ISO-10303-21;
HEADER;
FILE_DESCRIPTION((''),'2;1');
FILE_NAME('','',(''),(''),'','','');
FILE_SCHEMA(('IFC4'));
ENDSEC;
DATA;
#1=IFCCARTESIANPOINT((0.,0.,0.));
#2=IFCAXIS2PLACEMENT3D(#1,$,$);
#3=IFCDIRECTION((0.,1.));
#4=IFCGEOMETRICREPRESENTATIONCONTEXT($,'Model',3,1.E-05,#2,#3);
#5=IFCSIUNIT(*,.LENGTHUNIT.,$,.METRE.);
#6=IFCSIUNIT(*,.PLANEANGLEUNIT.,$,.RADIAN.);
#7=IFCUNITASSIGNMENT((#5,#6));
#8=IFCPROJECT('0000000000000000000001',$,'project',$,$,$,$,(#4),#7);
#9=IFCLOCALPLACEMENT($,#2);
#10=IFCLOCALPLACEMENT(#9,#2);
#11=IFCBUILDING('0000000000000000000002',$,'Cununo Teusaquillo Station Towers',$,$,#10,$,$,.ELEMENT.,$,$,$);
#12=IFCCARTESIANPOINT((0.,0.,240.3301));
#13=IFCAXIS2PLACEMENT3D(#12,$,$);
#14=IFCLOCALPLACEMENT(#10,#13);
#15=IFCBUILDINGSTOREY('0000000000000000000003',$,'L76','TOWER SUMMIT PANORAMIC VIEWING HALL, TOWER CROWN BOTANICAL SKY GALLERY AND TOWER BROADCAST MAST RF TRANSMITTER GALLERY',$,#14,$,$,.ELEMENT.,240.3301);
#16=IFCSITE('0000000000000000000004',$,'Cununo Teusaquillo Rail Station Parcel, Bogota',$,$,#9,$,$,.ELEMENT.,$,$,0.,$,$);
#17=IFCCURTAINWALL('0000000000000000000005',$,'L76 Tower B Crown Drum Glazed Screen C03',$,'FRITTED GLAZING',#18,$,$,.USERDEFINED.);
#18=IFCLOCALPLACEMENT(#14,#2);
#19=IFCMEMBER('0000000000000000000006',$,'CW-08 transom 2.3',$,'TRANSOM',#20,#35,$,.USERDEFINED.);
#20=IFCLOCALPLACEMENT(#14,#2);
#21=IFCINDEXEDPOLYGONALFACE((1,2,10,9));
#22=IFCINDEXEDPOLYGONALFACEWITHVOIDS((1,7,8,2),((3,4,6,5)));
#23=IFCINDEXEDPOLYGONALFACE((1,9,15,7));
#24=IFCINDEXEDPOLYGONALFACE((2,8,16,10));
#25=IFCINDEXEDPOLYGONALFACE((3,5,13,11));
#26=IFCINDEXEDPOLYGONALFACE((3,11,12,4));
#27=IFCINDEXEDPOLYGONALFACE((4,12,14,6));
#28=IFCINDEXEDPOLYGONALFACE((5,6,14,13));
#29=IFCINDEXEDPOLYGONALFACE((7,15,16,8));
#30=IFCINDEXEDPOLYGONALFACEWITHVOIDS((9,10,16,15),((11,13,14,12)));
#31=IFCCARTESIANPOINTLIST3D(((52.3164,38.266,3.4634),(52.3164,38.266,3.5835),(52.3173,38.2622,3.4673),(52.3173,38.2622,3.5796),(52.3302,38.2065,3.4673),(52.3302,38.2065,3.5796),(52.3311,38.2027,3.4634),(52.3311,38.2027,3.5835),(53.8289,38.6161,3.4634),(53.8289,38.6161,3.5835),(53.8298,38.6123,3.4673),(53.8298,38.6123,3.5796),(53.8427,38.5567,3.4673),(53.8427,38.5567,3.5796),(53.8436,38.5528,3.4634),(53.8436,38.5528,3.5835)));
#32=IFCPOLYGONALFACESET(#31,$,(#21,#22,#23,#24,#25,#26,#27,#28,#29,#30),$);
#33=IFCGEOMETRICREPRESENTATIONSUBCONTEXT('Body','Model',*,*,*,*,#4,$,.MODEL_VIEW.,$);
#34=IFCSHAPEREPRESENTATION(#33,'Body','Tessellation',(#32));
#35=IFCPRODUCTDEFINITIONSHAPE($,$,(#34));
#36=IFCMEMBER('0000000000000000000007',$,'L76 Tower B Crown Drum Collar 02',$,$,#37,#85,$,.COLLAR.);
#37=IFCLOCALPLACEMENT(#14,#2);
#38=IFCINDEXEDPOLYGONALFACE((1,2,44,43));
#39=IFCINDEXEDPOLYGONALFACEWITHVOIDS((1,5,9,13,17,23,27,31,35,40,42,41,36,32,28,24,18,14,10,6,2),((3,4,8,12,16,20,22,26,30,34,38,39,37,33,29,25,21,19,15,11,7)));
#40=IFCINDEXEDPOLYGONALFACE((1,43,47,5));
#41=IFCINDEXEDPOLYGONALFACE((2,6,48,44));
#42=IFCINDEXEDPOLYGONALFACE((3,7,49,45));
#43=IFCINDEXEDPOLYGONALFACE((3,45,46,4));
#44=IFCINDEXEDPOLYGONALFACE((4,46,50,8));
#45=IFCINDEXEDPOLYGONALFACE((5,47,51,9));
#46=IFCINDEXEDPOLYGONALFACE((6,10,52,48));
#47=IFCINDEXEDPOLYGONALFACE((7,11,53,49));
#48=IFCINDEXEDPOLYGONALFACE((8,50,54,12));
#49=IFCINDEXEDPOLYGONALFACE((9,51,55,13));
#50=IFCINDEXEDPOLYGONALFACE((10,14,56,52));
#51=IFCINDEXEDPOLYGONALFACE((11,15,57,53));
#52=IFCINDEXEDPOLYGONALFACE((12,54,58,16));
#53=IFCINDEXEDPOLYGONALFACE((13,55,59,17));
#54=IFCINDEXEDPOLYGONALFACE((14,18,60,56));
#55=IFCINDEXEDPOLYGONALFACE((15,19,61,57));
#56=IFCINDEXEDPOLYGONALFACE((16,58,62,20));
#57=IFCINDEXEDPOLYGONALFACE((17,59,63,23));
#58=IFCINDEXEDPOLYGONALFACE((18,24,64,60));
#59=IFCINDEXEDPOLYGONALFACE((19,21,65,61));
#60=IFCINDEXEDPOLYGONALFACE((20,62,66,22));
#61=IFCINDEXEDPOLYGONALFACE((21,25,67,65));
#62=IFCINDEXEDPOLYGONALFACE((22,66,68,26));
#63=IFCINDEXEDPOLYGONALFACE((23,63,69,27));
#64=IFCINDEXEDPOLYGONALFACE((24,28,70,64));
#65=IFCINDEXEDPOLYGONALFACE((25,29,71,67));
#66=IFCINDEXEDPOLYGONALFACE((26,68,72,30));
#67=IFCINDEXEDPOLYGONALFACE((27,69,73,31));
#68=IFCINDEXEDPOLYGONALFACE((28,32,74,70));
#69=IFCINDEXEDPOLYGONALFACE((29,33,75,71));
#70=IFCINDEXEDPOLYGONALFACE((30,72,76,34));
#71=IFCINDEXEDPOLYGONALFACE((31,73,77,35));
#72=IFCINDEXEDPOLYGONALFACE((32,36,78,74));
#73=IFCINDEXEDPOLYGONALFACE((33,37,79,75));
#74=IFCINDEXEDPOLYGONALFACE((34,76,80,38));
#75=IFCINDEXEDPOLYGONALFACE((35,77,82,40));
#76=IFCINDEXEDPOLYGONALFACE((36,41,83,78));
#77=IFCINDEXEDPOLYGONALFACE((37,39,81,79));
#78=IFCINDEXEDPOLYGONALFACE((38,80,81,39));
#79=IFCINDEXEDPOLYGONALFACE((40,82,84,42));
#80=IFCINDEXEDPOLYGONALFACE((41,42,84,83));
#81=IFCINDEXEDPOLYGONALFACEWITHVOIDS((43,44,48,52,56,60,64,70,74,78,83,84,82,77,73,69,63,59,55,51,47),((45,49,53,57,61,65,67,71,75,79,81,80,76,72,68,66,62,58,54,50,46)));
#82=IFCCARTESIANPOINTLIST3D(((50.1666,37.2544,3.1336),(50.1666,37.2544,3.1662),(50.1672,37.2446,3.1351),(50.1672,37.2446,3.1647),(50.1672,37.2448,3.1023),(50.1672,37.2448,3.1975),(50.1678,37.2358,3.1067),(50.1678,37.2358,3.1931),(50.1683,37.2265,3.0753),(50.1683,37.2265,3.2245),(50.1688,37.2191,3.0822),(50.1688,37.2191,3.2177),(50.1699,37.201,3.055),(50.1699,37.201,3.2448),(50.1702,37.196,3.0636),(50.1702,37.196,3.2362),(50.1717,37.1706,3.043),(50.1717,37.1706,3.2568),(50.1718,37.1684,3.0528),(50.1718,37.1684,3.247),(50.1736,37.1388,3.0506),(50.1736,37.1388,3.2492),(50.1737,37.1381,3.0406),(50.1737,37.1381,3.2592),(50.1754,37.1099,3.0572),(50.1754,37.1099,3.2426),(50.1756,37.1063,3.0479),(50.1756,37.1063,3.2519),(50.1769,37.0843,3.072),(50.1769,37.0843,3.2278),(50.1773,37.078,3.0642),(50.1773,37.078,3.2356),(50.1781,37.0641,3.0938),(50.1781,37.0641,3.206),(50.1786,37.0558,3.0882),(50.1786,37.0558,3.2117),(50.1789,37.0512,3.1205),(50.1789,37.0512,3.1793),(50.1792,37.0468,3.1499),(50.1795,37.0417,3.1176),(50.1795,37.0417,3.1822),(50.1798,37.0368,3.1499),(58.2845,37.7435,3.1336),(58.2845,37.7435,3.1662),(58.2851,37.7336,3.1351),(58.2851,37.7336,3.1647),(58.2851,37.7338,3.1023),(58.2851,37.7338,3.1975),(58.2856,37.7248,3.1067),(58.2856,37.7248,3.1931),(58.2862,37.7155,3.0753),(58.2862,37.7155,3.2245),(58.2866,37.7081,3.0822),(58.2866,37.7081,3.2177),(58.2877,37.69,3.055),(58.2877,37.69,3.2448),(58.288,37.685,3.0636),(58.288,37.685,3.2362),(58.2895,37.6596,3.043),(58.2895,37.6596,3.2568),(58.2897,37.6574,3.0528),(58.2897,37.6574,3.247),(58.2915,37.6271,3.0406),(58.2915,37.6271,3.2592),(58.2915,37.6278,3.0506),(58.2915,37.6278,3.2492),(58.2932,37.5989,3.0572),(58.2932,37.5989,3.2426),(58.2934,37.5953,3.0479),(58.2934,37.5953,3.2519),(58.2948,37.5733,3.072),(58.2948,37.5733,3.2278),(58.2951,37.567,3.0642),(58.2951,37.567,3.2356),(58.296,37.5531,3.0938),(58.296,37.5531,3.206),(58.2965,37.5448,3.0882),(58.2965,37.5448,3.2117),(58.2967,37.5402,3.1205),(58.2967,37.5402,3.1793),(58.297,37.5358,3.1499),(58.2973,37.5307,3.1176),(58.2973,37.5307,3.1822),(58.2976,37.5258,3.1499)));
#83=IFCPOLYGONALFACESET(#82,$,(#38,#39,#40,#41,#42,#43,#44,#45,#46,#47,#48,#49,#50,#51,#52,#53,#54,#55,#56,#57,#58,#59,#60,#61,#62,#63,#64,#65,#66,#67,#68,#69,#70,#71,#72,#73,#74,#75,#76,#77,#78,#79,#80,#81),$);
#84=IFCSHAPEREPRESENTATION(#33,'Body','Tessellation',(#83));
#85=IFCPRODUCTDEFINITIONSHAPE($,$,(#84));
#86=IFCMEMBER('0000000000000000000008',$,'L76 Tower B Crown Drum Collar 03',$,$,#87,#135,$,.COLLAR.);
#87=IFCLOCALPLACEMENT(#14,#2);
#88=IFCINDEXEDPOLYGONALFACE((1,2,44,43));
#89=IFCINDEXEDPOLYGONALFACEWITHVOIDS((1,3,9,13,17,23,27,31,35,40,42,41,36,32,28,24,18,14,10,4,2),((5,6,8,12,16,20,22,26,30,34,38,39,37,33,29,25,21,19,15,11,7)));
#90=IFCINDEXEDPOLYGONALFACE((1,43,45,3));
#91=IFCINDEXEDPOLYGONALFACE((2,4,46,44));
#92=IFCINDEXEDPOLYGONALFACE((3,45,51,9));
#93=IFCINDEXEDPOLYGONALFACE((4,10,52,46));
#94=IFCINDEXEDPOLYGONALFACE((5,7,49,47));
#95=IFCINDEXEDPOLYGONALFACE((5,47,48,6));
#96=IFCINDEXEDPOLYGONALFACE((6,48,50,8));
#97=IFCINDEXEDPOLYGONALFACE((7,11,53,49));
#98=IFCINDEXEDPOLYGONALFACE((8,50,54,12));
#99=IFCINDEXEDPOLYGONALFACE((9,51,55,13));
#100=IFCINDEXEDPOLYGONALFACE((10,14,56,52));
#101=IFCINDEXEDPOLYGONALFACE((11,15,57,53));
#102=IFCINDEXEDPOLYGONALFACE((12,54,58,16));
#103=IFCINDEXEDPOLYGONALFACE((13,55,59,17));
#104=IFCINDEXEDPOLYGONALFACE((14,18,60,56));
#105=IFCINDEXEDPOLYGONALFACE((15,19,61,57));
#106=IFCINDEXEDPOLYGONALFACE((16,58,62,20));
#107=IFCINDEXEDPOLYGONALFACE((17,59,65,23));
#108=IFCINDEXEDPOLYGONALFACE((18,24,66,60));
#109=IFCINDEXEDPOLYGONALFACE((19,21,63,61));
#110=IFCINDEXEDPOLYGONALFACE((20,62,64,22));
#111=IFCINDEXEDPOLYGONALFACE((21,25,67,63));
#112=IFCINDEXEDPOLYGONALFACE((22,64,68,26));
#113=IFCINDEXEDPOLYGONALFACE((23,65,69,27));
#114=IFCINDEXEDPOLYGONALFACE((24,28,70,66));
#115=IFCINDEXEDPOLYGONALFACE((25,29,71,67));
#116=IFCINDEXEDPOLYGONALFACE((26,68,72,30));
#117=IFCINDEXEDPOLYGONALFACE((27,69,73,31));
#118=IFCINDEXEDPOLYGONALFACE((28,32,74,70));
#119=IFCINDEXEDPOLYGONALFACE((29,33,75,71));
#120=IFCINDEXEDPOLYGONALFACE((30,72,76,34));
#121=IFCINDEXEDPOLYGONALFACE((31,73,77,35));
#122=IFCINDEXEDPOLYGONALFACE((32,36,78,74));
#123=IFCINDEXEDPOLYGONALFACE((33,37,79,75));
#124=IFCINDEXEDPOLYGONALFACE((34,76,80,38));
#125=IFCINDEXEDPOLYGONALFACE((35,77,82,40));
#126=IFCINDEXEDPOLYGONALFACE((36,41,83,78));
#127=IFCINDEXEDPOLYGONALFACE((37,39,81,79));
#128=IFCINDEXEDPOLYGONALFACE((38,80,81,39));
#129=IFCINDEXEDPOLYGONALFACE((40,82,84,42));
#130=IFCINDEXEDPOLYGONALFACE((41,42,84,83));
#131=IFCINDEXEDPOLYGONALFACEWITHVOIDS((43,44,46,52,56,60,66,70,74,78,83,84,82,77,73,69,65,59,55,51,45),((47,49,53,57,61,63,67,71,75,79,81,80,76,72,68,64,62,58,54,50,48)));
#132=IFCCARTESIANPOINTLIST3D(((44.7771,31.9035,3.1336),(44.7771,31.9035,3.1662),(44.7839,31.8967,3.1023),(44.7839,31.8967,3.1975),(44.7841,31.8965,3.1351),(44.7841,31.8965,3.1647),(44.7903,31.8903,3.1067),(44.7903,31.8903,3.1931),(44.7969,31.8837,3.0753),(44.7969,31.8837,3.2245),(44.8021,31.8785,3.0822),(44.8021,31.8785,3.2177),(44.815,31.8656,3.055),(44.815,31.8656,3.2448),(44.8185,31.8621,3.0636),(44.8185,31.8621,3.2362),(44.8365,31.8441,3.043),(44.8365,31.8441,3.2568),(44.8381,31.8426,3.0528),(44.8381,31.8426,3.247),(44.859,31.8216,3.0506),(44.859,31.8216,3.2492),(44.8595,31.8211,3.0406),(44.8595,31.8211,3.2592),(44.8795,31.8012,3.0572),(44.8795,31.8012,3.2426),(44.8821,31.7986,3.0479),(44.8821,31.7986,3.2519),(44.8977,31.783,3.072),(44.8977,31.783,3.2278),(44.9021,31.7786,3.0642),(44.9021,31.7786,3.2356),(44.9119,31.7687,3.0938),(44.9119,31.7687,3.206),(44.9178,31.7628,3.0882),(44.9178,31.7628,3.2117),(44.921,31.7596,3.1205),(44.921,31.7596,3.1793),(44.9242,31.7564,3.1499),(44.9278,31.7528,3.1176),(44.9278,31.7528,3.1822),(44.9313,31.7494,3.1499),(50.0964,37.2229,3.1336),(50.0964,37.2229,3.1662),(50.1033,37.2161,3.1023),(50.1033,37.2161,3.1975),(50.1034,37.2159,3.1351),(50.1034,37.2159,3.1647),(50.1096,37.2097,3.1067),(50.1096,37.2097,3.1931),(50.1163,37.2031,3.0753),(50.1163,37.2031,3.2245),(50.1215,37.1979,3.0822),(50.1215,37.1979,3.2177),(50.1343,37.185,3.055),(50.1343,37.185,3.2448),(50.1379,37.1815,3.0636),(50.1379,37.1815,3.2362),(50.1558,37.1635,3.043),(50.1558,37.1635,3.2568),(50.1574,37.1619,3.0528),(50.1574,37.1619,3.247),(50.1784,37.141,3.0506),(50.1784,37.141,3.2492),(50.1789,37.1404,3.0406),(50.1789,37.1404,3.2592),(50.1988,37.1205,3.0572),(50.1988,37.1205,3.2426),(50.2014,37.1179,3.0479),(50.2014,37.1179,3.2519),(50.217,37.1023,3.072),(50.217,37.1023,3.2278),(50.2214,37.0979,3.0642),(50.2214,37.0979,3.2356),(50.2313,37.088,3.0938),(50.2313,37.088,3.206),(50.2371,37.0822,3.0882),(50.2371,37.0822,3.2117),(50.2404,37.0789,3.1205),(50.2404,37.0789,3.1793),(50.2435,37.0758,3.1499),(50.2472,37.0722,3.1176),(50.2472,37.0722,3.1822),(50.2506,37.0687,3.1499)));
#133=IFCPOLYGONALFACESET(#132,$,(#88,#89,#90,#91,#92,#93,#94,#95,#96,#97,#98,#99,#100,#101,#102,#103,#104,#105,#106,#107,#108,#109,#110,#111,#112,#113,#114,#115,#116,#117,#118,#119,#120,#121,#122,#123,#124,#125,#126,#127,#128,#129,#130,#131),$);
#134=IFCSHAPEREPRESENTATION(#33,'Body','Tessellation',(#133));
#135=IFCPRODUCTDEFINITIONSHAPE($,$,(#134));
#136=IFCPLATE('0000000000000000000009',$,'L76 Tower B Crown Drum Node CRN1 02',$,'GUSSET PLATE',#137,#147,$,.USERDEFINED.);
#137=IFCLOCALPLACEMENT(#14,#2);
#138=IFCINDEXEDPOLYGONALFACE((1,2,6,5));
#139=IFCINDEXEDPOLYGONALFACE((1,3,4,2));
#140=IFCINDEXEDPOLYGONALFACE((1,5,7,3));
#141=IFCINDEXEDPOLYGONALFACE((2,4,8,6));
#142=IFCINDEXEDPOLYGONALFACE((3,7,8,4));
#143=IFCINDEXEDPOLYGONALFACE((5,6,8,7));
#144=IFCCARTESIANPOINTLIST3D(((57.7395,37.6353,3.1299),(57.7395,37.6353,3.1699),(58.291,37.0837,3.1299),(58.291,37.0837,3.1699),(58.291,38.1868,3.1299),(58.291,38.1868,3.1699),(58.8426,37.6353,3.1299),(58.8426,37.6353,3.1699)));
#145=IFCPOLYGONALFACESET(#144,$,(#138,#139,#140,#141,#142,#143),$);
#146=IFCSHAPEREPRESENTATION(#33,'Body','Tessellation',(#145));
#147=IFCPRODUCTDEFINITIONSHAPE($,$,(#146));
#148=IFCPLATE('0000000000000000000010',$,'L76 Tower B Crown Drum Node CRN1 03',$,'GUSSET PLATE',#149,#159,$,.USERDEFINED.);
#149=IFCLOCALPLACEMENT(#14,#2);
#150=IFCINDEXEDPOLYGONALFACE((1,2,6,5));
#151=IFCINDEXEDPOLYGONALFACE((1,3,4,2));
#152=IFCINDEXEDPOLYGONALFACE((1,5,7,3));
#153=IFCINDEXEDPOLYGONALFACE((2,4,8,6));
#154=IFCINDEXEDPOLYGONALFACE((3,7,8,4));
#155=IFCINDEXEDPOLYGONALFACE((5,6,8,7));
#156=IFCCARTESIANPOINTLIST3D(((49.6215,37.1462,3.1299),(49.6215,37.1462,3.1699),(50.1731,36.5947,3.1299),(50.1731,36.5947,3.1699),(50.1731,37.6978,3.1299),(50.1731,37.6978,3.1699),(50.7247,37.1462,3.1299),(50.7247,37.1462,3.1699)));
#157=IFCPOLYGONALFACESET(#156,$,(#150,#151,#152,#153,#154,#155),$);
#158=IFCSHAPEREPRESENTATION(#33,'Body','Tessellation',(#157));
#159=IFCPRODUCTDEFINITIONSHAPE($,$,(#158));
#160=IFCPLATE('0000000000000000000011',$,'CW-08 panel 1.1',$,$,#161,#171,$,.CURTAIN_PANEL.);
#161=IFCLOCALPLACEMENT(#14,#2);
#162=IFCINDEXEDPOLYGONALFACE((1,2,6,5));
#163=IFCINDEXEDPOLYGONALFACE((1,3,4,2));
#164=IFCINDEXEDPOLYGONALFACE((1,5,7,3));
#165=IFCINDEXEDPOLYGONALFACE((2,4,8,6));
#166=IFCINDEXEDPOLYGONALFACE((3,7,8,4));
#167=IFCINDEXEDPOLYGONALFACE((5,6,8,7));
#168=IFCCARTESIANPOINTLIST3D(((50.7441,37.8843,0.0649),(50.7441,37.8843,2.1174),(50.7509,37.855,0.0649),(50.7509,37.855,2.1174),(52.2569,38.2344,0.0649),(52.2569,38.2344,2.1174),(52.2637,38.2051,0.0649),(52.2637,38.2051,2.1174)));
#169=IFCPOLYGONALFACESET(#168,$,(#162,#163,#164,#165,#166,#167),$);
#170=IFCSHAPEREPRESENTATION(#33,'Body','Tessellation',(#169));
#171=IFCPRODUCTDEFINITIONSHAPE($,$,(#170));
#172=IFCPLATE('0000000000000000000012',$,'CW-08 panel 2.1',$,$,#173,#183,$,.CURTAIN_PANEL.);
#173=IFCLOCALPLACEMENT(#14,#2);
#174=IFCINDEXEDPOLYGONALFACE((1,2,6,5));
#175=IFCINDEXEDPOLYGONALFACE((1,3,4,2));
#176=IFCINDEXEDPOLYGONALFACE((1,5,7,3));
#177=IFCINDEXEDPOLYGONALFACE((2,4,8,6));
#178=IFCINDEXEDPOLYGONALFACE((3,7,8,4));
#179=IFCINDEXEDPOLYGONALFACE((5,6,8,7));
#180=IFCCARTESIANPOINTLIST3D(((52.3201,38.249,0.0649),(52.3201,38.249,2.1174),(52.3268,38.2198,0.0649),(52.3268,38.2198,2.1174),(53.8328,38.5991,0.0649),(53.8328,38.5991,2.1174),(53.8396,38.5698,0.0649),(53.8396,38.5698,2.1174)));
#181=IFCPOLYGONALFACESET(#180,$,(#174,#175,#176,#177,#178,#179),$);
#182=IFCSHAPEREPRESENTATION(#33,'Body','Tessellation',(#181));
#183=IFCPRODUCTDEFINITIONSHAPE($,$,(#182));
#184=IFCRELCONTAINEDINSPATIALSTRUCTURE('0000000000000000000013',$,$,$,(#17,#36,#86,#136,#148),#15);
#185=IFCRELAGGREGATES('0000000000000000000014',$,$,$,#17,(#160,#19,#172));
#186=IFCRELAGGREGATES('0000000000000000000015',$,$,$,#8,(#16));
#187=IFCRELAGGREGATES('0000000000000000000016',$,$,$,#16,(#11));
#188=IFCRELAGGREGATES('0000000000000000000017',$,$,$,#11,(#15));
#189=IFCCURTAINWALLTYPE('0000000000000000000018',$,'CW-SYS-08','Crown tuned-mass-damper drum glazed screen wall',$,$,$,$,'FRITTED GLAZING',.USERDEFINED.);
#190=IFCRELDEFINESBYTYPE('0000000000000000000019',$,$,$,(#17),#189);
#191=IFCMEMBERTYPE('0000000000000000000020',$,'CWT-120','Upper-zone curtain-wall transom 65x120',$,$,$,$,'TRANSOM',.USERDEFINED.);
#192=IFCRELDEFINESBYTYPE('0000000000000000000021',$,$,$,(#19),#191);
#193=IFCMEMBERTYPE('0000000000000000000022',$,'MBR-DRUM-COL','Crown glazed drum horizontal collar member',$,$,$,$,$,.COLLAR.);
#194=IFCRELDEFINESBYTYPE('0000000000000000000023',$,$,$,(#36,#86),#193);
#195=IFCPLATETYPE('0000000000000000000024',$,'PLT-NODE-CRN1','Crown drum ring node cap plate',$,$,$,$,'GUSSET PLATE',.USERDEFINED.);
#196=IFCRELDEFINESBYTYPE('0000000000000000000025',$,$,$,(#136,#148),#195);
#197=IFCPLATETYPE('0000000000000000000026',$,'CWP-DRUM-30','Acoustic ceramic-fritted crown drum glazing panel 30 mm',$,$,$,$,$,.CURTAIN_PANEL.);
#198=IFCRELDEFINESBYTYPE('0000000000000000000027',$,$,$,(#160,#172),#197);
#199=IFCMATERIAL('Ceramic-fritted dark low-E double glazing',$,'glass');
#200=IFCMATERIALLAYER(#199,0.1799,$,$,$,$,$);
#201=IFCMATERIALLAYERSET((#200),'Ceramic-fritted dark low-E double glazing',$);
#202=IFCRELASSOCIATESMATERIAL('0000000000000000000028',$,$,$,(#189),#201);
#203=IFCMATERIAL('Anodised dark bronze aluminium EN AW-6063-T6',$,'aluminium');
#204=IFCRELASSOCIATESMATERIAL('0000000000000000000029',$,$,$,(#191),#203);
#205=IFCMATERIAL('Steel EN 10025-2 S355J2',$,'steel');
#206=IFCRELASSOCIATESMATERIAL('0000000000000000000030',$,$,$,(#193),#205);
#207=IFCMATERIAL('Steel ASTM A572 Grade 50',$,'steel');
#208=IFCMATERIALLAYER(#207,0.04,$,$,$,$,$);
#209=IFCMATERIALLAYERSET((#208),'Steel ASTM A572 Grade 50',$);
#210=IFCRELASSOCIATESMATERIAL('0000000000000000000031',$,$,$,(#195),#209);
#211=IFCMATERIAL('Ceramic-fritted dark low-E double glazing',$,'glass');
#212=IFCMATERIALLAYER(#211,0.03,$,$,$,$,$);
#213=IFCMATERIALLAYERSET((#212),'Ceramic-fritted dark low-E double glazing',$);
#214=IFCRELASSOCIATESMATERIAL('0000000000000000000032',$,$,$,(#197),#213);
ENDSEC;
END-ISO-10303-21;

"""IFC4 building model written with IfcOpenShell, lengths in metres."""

from ifc_helpers import new_model, si_unit, direction, frame, origin, origin_2d, place, context, subcontext, project, spatial, rectangle, hollow_rectangle, hollow_circle, extrude, source, transform, mapped, material, layer, layer_set, material_profile, profile_set, type_object, element, aggregate, save


model = new_model("IFC4")

# Units and contexts
model_context = context("Model", 3, precision=1e-05, world=origin(), true_north=direction((0.0, 1.0)))
body_context = subcontext(model_context, "Body", "Model", "MODEL_VIEW")
ifc_project = project(units=[si_unit("LENGTHUNIT", "METRE"), si_unit("PLANEANGLEUNIT", "RADIAN")], contexts=[model_context])

# Site, building, storey
site_placement = place(None, origin())
site = spatial("IfcSite", under=ifc_project, at=site_placement, Name="Cununo Teusaquillo Rail Station Parcel, Bogota", CompositionType="ELEMENT", RefElevation=0.0)
building_placement = place(site_placement, origin())
building = spatial("IfcBuilding", under=site, at=building_placement, Name="Cununo Teusaquillo Station Towers", CompositionType="ELEMENT")
storey_placement = place(building_placement, frame((0.0, 0.0, 240.3301)))
storey = spatial("IfcBuildingStorey", under=building, at=storey_placement, Name="L76", Description="TOWER SUMMIT PANORAMIC VIEWING HALL, TOWER CROWN BOTANICAL SKY GALLERY AND TOWER BROADCAST MAST RF TRANSMITTER GALLERY", CompositionType="ELEMENT", Elevation=240.3301)

# Curtain wall, member
ifc_material_1 = material(Name="Ceramic-fritted dark low-E double glazing", Category="glass")
ifc_layer_1 = layer(ifc_material_1, 0.1799)
ifc_layer_set_1 = layer_set([ifc_layer_1], Name="Ceramic-fritted dark low-E double glazing")
curtain_wall_type = type_object("IfcCurtainWallType", Name="CW-SYS-08", Description="Crown tuned-mass-damper drum glazed screen wall", ElementType="FRITTED GLAZING", PredefinedType="USERDEFINED", material=ifc_layer_set_1)
curtain_wall_placement = place(storey_placement, origin())
curtain_wall = element("IfcCurtainWall", 1, at=curtain_wall_placement, inside=storey, type_object=curtain_wall_type, Name="L76 Tower B Crown Drum Glazed Screen C03", ObjectType="FRITTED GLAZING", PredefinedType="USERDEFINED")
ifc_material_2 = material(Name="Anodised dark bronze aluminium EN AW-6063-T6", Category="aluminium")
ifc_material_profile_1 = material_profile(ifc_material_2, hollow_rectangle(XDim=0.0649, YDim=0.1201, WallThickness=0.0039, at=origin_2d()), Name="CW-TRAN-65x120")
ifc_profile_set_1 = profile_set([ifc_material_profile_1], Name="Anodised dark bronze aluminium EN AW-6063-T6")
member_type_1 = type_object("IfcMemberType", Name="CWT-120", Description="Upper-zone curtain-wall transom 65x120", ElementType="TRANSOM", PredefinedType="USERDEFINED", material=ifc_profile_set_1)
member_1_placement = place(storey_placement, frame((52.3237, 38.2344, 3.5234), z_axis=(0.97424, 0.225514, 0.0), x_axis=(-0.225514, 0.97424, 0.0)))
member_1 = element("IfcMember", 2, at=member_1_placement, type_object=member_type_1, Name="CW-08 transom 2.3", ObjectType="TRANSOM", PredefinedType="USERDEFINED", context=body_context, shape_type="SweptSolid", body=[
    extrude(hollow_rectangle(XDim=0.0649, YDim=0.1201, WallThickness=0.0039, at=origin_2d()), origin(), (0.0, 0.0, 1.0), 1.5525),
])

# Members
ifc_material_3 = material(Name="Steel EN 10025-2 S355J2", Category="steel")
ifc_material_profile_2 = material_profile(ifc_material_3, hollow_circle(Radius=0.1096, WallThickness=0.01, at=origin_2d()), Name="CHS 219x10")
ifc_profile_set_2 = profile_set([ifc_material_profile_2], Name="Steel EN 10025-2 S355J2")
member_type_2 = type_object("IfcMemberType", Name="MBR-DRUM-COL", Description="Crown glazed drum horizontal collar member", PredefinedType="COLLAR", material=ifc_profile_set_2)
member_2_placement = place(storey_placement, frame((58.291, 37.6353, 3.1499), z_axis=(-0.998191, -0.06013, 0.0), x_axis=(0.06013, -0.998191, 0.0)))
element("IfcMember", 3, at=member_2_placement, inside=storey, type_object=member_type_2, Name="L76 Tower B Crown Drum Collar 02", PredefinedType="COLLAR", context=body_context, shape_type="SweptSolid", body=[
    extrude(hollow_circle(Radius=0.1096, WallThickness=0.01, at=origin_2d()), origin(), (0.0, 0.0, 1.0), 8.1326),
])
member_3_placement = place(storey_placement, frame((50.1731, 37.1462, 3.1499), z_axis=(-0.707107, -0.707107, 0.0), x_axis=(0.707107, -0.707107, 0.0)))
element("IfcMember", 4, at=member_3_placement, inside=storey, type_object=member_type_2, Name="L76 Tower B Crown Drum Collar 03", PredefinedType="COLLAR", context=body_context, shape_type="SweptSolid", body=[
    extrude(hollow_circle(Radius=0.1096, WallThickness=0.01, at=origin_2d()), origin(), (0.0, 0.0, 1.0), 7.5227),
])

# Plates
ifc_material_4 = material(Name="Steel ASTM A572 Grade 50", Category="steel")
ifc_layer_2 = layer(ifc_material_4, 0.04)
ifc_layer_set_2 = layer_set([ifc_layer_2], Name="Steel ASTM A572 Grade 50")
plate_type_1 = type_object("IfcPlateType", Name="PLT-NODE-CRN1", Description="Crown drum ring node cap plate", ElementType="GUSSET PLATE", PredefinedType="USERDEFINED", material=ifc_layer_set_2)
shared_shape_1 = source(origin(), body_context, "Body", "SweptSolid", [
    extrude(rectangle(XDim=0.78, YDim=0.78, at=origin_2d()), origin(), (0.0, 0.0, 1.0), 0.04),
])
for number, where, z_axis, x_axis, name in (
    (5, (58.291, 37.6353, 3.1299), (0.0, 0.0, 1.0), (0.707107, 0.707107, 0.0), "L76 Tower B Crown Drum Node CRN1 02"),
    (6, (50.1731, 37.1462, 3.1299), (0.0, 0.0, 1.0), (0.707107, 0.707107, 0.0), "L76 Tower B Crown Drum Node CRN1 03"),
):
    element("IfcPlate", number, at=place(storey_placement, frame(where, z_axis=z_axis, x_axis=x_axis)), inside=storey, type_object=plate_type_1, Name=name, ObjectType="GUSSET PLATE", PredefinedType="USERDEFINED", context=body_context, shape_type="MappedRepresentation", body=[
        mapped(shared_shape_1, transform((0.0, 0.0, 0.0), x_axis=(1.0, 0.0, 0.0), y_axis=(0.0, 1.0, 0.0), z_axis=(0.0, 0.0, 1.0), scale=1.0)),
    ])

# Plates
ifc_material_5 = material(Name="Ceramic-fritted dark low-E double glazing", Category="glass")
ifc_layer_3 = layer(ifc_material_5, 0.03)
ifc_layer_set_3 = layer_set([ifc_layer_3], Name="Ceramic-fritted dark low-E double glazing")
plate_type_2 = type_object("IfcPlateType", Name="CWP-DRUM-30", Description="Acoustic ceramic-fritted crown drum glazing panel 30 mm", PredefinedType="CURTAIN_PANEL", material=ifc_layer_set_3)
shared_shape_2 = source(origin(), body_context, "Body", "SweptSolid", [
    extrude(rectangle(XDim=1.5527, YDim=0.03, at=origin_2d()), origin(), (0.0, 0.0, 1.0), 2.0525),
])
plate_1_placement = place(storey_placement, frame((51.5039, 38.0447, 0.0649), z_axis=(0.0, 0.0, 1.0), x_axis=(0.974251, 0.225466, 0.0)))
plate_1 = element("IfcPlate", 7, at=plate_1_placement, type_object=plate_type_2, Name="CW-08 panel 1.1", PredefinedType="CURTAIN_PANEL", context=body_context, shape_type="MappedRepresentation", body=[
    mapped(shared_shape_2, transform((0.0, 0.0, 0.0), x_axis=(1.0, 0.0, 0.0), y_axis=(0.0, 1.0, 0.0), z_axis=(0.0, 0.0, 1.0), scale=1.0)),
])
plate_2_placement = place(storey_placement, frame((53.0798, 38.4094, 0.0649), z_axis=(0.0, 0.0, 1.0), x_axis=(0.974251, 0.225466, 0.0)))
plate_2 = element("IfcPlate", 8, at=plate_2_placement, type_object=plate_type_2, Name="CW-08 panel 2.1", PredefinedType="CURTAIN_PANEL", context=body_context, shape_type="MappedRepresentation", body=[
    mapped(shared_shape_2, transform((0.0, 0.0, 0.0), x_axis=(1.0, 0.0, 0.0), y_axis=(0.0, 1.0, 0.0), z_axis=(0.0, 0.0, 1.0), scale=1.0)),
])
aggregate(curtain_wall, [plate_1, member_1, plate_2])

save(model, "model.ifc")
